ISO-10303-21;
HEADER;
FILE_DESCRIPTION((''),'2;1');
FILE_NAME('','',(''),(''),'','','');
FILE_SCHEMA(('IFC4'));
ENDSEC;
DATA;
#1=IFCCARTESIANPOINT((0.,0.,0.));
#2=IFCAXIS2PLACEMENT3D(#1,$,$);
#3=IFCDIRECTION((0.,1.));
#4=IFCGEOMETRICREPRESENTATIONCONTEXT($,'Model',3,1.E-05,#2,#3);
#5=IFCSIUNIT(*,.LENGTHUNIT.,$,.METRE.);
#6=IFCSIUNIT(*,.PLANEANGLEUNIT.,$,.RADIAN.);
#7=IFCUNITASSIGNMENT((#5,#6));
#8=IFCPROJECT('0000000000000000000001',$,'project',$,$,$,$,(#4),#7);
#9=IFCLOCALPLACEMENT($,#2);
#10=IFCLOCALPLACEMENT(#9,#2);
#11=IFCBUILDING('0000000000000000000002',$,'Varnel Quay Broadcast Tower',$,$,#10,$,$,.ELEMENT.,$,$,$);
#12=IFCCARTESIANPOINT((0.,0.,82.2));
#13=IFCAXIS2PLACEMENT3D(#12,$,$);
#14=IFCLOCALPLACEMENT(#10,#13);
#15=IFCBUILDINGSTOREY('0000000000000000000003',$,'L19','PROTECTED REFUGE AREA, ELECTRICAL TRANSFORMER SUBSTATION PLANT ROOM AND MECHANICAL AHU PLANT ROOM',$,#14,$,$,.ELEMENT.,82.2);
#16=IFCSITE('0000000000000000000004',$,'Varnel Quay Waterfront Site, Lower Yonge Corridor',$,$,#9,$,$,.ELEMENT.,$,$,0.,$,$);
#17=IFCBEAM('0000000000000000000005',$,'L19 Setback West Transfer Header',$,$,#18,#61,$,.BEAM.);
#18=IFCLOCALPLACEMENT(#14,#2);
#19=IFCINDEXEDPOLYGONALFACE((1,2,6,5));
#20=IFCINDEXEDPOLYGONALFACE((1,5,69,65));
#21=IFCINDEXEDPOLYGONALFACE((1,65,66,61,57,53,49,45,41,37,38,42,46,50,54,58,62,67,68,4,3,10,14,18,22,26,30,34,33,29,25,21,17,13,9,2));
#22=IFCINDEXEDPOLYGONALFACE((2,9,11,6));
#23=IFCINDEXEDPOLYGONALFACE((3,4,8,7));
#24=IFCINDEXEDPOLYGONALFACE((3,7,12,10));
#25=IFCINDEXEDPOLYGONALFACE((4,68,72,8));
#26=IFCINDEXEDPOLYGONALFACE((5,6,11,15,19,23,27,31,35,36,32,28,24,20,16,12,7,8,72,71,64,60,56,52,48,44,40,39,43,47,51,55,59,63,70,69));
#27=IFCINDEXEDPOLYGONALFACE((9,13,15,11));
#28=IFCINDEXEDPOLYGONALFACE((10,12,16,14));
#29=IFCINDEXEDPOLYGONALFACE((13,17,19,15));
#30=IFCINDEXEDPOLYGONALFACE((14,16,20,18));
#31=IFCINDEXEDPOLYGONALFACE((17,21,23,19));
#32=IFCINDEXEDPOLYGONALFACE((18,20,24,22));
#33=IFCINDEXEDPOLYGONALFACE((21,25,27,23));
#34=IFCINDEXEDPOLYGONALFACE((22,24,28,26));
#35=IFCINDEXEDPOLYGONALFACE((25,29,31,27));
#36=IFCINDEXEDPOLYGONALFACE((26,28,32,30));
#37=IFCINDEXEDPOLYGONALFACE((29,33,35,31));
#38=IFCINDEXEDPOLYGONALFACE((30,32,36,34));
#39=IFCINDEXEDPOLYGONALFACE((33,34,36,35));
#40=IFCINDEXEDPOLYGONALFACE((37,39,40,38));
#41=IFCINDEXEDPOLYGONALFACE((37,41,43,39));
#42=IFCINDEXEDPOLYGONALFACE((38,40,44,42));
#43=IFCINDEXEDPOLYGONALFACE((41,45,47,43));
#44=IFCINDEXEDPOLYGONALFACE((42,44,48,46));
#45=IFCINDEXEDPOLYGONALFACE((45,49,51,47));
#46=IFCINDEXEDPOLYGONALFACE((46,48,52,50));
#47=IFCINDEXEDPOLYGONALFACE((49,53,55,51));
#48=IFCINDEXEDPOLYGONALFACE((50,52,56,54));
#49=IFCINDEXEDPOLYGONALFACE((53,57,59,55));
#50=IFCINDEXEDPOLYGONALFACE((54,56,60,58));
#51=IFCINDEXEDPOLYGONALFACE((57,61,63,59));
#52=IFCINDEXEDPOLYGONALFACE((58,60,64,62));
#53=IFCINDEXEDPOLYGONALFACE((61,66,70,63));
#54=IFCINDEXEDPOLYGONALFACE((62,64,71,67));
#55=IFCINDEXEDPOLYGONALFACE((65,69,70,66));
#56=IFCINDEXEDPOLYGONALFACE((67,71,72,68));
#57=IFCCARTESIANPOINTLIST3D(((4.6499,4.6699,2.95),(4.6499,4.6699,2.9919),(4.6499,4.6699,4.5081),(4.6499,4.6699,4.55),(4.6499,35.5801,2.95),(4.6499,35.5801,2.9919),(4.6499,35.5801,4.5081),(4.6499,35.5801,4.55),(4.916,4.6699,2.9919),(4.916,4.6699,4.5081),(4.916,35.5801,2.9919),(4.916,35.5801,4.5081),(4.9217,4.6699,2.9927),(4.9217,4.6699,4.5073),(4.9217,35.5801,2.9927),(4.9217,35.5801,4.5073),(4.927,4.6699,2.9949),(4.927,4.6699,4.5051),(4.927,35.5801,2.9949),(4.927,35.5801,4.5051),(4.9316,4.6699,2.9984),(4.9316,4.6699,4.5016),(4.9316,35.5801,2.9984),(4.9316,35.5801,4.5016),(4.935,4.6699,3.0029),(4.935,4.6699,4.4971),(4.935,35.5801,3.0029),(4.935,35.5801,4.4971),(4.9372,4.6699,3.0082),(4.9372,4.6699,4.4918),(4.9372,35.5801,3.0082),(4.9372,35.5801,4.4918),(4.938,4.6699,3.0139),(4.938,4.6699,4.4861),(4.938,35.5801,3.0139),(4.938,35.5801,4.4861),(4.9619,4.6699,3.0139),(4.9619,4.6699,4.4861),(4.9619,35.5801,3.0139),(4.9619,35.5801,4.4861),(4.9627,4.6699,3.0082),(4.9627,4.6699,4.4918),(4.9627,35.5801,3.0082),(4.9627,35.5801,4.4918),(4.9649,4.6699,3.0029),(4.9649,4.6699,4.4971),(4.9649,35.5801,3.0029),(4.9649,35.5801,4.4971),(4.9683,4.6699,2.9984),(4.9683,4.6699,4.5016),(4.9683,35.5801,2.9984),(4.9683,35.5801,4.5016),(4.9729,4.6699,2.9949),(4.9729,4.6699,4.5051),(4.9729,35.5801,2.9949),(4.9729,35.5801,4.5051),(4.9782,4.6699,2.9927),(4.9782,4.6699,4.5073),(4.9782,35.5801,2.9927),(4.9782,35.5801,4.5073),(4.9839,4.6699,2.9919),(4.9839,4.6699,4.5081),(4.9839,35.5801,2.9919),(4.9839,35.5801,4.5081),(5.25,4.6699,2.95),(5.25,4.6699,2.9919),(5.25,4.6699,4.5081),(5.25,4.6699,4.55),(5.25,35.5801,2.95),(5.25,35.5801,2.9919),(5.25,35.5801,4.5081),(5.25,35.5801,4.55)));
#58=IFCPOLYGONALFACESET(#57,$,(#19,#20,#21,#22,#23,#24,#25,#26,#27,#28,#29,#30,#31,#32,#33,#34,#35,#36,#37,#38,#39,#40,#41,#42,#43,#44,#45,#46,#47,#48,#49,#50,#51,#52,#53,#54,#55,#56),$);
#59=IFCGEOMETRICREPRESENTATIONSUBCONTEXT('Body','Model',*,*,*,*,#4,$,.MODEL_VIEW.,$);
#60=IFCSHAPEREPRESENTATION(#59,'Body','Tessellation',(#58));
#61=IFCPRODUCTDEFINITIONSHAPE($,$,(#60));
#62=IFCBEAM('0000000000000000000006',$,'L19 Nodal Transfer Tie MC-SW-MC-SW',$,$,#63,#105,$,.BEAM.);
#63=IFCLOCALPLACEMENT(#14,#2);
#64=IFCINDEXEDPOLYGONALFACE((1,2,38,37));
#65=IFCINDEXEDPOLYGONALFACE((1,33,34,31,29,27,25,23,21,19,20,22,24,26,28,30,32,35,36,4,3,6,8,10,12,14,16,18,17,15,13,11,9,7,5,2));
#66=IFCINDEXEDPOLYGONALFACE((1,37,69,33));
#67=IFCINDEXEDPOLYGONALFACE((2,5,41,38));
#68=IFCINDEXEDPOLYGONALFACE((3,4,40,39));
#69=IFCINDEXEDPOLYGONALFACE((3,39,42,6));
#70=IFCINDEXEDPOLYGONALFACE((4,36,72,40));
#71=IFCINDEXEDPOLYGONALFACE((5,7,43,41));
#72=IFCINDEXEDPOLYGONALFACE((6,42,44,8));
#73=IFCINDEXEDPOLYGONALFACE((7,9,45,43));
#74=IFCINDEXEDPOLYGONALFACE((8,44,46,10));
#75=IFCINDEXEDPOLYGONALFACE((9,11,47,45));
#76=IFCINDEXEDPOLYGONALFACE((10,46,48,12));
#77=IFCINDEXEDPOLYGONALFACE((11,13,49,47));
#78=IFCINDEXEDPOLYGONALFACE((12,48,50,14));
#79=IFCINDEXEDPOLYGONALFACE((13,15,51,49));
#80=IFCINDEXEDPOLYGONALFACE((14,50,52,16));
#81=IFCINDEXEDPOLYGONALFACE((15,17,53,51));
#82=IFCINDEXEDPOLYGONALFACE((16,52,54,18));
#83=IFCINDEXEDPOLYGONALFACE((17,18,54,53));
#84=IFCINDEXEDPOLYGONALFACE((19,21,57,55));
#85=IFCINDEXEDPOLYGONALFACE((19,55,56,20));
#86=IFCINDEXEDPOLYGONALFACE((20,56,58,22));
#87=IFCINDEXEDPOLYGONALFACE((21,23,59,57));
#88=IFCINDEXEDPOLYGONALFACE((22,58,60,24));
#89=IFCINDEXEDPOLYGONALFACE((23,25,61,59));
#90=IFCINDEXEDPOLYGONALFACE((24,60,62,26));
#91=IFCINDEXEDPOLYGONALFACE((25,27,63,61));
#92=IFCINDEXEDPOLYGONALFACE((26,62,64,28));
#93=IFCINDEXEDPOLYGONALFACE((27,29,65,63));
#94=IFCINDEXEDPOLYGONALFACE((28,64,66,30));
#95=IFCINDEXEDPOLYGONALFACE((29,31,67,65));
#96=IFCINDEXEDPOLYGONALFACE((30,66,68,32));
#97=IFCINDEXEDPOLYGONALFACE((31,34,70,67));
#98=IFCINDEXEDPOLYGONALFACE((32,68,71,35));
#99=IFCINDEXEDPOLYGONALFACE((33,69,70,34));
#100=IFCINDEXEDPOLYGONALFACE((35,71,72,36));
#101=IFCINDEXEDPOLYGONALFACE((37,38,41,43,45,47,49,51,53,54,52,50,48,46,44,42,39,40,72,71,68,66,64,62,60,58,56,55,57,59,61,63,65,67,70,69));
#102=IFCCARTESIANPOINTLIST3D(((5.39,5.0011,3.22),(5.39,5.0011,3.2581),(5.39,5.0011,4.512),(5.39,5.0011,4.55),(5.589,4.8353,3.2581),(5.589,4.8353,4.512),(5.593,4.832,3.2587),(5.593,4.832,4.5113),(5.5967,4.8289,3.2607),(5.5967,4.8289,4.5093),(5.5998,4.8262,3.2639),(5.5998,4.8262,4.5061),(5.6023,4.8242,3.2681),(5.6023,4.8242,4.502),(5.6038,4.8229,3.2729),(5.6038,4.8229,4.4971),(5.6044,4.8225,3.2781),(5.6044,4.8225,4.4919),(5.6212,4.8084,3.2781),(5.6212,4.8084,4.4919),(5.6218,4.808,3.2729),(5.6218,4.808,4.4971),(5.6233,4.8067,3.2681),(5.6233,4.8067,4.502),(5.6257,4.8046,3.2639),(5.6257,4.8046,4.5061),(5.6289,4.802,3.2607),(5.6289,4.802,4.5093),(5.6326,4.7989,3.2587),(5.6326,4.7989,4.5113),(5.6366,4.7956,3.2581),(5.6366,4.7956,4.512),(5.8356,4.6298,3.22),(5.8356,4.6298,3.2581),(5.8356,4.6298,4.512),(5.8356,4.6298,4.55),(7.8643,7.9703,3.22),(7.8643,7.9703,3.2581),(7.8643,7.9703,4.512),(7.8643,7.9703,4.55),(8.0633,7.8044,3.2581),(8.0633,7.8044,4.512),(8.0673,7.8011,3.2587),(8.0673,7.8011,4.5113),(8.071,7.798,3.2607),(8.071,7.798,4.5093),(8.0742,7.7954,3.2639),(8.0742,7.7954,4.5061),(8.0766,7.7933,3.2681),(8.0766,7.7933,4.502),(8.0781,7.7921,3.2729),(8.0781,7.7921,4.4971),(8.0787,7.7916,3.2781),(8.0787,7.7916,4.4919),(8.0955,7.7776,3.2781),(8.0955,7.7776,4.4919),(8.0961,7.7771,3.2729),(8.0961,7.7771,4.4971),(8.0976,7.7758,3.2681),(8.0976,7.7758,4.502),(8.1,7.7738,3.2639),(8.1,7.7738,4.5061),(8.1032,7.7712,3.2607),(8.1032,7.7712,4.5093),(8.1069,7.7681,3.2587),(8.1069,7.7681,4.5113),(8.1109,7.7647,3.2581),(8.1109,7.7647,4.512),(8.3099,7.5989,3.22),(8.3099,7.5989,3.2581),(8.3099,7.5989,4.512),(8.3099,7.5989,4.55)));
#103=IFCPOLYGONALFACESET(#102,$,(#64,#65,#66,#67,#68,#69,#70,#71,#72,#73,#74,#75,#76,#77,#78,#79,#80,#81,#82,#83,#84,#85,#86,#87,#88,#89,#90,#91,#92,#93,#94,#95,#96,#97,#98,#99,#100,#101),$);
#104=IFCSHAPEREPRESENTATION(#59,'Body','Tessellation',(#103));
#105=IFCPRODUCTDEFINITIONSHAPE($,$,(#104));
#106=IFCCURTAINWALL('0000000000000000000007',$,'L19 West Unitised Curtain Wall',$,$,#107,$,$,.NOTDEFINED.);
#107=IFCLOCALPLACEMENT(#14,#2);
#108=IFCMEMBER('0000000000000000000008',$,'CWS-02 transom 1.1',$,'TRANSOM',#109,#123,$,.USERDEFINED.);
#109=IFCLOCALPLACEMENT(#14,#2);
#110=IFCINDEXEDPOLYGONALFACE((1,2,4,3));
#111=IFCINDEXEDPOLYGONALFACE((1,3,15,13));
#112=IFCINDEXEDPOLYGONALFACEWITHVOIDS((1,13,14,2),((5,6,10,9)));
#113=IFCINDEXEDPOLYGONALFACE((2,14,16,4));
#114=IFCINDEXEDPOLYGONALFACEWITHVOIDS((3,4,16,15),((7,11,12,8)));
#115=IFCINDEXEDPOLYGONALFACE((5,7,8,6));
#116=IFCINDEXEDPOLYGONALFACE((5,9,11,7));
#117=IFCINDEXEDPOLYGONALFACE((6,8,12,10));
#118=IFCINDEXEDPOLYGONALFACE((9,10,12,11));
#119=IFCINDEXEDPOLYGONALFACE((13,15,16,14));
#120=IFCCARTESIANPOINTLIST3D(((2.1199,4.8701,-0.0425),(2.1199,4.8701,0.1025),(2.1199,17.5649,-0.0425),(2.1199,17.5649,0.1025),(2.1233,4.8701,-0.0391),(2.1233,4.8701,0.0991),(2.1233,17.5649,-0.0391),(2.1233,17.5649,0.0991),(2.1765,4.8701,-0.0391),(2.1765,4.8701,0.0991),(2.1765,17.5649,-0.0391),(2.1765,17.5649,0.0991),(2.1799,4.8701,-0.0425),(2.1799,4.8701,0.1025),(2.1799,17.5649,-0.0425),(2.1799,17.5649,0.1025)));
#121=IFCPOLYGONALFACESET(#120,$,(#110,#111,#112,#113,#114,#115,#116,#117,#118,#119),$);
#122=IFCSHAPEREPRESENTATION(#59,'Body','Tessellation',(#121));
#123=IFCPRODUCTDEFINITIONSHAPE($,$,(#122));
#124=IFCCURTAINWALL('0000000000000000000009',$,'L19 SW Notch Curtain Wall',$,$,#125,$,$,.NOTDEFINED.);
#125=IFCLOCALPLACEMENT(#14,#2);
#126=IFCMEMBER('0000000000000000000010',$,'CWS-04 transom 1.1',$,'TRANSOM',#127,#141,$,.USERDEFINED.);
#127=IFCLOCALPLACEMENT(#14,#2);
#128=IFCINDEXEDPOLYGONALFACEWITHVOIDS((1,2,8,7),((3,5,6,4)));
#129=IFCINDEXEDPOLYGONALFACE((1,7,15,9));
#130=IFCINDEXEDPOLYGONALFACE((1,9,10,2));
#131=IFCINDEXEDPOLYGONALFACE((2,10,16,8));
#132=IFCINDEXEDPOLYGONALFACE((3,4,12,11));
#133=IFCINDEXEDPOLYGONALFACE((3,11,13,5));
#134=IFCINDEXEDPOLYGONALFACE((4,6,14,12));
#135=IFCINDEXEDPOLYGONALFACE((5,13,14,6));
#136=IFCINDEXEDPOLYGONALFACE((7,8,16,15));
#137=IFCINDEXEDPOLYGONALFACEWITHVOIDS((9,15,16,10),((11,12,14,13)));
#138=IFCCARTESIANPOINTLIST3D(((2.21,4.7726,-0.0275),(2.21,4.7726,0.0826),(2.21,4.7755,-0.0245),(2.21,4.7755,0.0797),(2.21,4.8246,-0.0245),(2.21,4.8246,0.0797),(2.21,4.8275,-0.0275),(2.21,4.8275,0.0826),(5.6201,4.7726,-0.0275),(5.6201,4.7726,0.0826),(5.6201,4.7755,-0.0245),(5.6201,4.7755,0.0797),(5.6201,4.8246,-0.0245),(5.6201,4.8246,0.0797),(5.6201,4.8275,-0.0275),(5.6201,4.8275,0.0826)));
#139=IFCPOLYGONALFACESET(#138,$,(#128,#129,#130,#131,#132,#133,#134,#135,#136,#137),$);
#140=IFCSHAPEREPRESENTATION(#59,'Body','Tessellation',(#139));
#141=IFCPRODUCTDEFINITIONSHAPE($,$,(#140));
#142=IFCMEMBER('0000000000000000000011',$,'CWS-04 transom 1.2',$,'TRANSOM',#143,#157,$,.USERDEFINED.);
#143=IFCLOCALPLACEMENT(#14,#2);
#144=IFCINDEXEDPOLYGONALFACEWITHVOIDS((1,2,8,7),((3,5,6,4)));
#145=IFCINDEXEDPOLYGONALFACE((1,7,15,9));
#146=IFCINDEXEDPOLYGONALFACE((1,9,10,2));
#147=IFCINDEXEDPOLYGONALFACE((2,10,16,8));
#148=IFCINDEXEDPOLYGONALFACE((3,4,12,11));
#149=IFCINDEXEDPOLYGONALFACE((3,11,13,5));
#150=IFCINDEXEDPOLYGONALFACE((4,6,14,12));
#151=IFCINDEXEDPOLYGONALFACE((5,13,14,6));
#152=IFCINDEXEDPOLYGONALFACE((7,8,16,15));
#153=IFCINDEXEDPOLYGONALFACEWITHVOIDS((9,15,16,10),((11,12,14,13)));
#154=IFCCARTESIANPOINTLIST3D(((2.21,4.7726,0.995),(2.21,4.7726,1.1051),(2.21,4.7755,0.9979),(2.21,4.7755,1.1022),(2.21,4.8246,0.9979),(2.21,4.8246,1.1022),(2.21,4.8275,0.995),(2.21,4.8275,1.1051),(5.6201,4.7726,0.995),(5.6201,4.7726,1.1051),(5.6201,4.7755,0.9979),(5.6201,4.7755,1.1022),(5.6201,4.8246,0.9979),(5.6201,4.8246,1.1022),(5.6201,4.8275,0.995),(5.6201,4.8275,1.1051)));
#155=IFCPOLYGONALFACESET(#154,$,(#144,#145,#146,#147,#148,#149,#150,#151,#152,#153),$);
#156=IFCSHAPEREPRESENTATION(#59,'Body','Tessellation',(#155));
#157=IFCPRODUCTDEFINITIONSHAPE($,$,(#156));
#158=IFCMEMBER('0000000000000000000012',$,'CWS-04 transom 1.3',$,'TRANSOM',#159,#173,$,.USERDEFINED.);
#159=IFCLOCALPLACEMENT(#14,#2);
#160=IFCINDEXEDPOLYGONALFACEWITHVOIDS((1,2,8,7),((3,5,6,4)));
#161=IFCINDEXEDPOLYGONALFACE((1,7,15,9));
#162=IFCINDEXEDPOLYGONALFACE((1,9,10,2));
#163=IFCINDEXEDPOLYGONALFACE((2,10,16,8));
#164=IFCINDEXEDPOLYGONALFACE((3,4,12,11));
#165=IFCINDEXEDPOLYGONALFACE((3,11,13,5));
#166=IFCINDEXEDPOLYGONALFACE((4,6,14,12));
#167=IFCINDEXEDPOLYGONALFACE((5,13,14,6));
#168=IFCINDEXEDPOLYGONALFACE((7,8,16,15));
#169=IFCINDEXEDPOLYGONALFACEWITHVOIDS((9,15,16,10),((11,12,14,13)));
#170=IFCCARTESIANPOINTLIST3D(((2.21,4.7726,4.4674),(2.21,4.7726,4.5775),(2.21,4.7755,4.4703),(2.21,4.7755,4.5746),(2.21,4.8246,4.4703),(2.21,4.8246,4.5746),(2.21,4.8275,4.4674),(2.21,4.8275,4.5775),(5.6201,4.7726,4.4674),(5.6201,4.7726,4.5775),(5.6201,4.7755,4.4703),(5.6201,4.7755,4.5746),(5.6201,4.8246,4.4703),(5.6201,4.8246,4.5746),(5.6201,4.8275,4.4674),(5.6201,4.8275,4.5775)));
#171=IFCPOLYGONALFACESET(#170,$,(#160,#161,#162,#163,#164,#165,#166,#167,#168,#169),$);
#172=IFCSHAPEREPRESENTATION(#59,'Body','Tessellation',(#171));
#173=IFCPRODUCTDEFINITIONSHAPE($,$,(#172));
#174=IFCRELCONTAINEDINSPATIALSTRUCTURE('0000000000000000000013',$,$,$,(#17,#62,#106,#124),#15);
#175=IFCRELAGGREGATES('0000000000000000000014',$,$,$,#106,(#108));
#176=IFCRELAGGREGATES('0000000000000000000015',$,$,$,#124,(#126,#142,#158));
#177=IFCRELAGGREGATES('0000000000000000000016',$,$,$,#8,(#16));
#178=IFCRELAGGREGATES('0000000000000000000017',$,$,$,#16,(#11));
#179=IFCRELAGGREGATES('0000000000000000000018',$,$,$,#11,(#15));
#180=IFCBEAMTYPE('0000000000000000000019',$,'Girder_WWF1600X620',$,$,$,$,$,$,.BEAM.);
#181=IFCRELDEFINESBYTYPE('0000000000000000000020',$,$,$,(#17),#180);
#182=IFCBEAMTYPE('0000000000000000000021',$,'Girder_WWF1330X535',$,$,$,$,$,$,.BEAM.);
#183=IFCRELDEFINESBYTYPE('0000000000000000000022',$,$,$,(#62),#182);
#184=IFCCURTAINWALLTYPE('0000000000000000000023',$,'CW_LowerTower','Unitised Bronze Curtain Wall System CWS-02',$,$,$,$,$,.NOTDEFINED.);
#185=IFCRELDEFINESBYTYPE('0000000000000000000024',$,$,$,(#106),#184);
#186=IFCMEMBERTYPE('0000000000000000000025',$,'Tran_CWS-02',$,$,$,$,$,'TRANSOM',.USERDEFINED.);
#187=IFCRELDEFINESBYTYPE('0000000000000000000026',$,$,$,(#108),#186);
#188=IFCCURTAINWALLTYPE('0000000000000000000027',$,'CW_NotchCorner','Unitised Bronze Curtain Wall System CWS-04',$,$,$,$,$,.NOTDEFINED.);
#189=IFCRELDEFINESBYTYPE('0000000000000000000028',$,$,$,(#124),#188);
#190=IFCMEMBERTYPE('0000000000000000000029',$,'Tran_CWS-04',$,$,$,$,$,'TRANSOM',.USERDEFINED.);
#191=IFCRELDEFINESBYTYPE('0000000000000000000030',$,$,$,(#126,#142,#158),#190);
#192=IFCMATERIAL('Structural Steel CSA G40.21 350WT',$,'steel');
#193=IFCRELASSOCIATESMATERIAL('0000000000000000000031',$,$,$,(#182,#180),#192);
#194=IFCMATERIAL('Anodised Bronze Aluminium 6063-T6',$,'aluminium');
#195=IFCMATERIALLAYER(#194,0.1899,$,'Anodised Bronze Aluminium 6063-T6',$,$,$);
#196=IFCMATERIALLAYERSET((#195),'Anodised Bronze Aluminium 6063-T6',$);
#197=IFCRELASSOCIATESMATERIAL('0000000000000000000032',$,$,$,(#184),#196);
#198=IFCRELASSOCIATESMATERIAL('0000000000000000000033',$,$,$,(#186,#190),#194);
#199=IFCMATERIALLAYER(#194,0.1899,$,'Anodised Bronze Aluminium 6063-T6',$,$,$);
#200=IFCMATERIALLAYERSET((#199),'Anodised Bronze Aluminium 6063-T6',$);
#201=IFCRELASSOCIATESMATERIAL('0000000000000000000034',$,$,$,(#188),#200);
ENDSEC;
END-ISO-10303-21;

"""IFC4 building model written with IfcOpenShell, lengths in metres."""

from ifc_helpers import new_model, si_unit, direction, frame, origin, origin_2d, place, context, subcontext, project, spatial, hollow_rectangle, i_section, extrude, source, transform, mapped, material, layer, layer_set, material_profile, profile_set, type_object, type_shapes, element, aggregate, save


model = new_model("IFC4")

# Units and contexts
model_context = context("Model", 3, precision=1e-05, world=origin(), true_north=direction((0.0, 1.0)))
body_context = subcontext(model_context, "Body", "Model", "MODEL_VIEW")
ifc_project = project(units=[si_unit("LENGTHUNIT", "METRE"), si_unit("PLANEANGLEUNIT", "RADIAN")], contexts=[model_context])

# Site, building, storey
site_placement = place(None, origin())
site = spatial("IfcSite", under=ifc_project, at=site_placement, Name="Varnel Quay Waterfront Site, Lower Yonge Corridor", CompositionType="ELEMENT", RefElevation=0.0)
building_placement = place(site_placement, origin())
building = spatial("IfcBuilding", under=site, at=building_placement, Name="Varnel Quay Broadcast Tower", CompositionType="ELEMENT")
storey_placement = place(building_placement, frame((0.0, 0.0, 82.2)))
storey = spatial("IfcBuildingStorey", under=building, at=storey_placement, Name="L19", Description="PROTECTED REFUGE AREA, ELECTRICAL TRANSFORMER SUBSTATION PLANT ROOM AND MECHANICAL AHU PLANT ROOM", CompositionType="ELEMENT", Elevation=82.2)

# Shared definitions
ifc_material_1 = material(Name="Structural Steel CSA G40.21 350WT", Category="steel")

# Beams
ifc_material_profile_1 = material_profile(ifc_material_1, i_section(OverallWidth=0.5801, OverallDepth=1.3301, WebThickness=0.022, FlangeThickness=0.0381, FilletRadius=0.02, at=origin_2d()), Name="WWF1330X535")
ifc_profile_set_1 = profile_set([ifc_material_profile_1], Name="Structural Steel CSA G40.21 350WT")
beam_type_1 = type_object("IfcBeamType", Name="Girder_WWF1330X535", PredefinedType="BEAM", material=ifc_profile_set_1)
ifc_material_profile_2 = material_profile(ifc_material_1, i_section(OverallWidth=0.6001, OverallDepth=1.6001, WebThickness=0.0239, FlangeThickness=0.042, FilletRadius=0.022, at=origin_2d()), Name="WWF1600X620")
ifc_profile_set_2 = profile_set([ifc_material_profile_2], Name="Structural Steel CSA G40.21 350WT")
beam_type_2 = type_object("IfcBeamType", Name="Girder_WWF1600X620", PredefinedType="BEAM", material=ifc_profile_set_2)
shared_shape_1 = source(origin(), body_context, "Body", "SweptSolid", [
    extrude(i_section(OverallWidth=0.6001, OverallDepth=1.6001, WebThickness=0.0239, FlangeThickness=0.042, FilletRadius=0.022, at=origin_2d()), origin(), (0.0, 0.0, 1.0), 30.9102),
])
beam_1_placement = place(storey_placement, frame((4.95, 4.6699, 3.75), z_axis=(0.0, 1.0, 0.0), x_axis=(-1.0, 0.0, 0.0)))
element("IfcBeam", 1, at=beam_1_placement, inside=storey, type_object=beam_type_2, Name="L19 Setback West Transfer Header", PredefinedType="BEAM", context=body_context, shape_type="MappedRepresentation", body=[
    mapped(shared_shape_1, transform((0.0, 0.0, 0.0), x_axis=(1.0, 0.0, 0.0), y_axis=(0.0, 1.0, 0.0), z_axis=(0.0, 0.0, 1.0), scale=1.0)),
])
shared_shape_2 = source(origin(), body_context, "Body", "SweptSolid", [
    extrude(i_section(OverallWidth=0.5801, OverallDepth=1.3301, WebThickness=0.022, FlangeThickness=0.0381, FilletRadius=0.02, at=origin_2d()), origin(), (0.0, 0.0, 1.0), 3.865),
])
beam_2_placement = place(storey_placement, frame((5.6128, 4.8154, 3.885), z_axis=(0.640184, 0.768221, 0.0), x_axis=(-0.768221, 0.640184, 0.0)))
element("IfcBeam", 2, at=beam_2_placement, inside=storey, type_object=beam_type_1, Name="L19 Nodal Transfer Tie MC-SW-MC-SW", PredefinedType="BEAM", context=body_context, shape_type="MappedRepresentation", body=[
    mapped(shared_shape_2, transform((0.0, 0.0, 0.0), x_axis=(1.0, 0.0, 0.0), y_axis=(0.0, 1.0, 0.0), z_axis=(0.0, 0.0, 1.0), scale=1.0)),
])

# Curtain wall, member
ifc_material_2 = material(Name="Anodised Bronze Aluminium 6063-T6", Category="aluminium")
ifc_layer_1 = layer(ifc_material_2, 0.1899, Name="Anodised Bronze Aluminium 6063-T6")
ifc_layer_set_1 = layer_set([ifc_layer_1], Name="Anodised Bronze Aluminium 6063-T6")
curtain_wall_type_1 = type_object("IfcCurtainWallType", Name="CW_LowerTower", Description="Unitised Bronze Curtain Wall System CWS-02", PredefinedType="NOTDEFINED", material=ifc_layer_set_1)
curtain_wall_1_placement = place(storey_placement, origin())
curtain_wall_1 = element("IfcCurtainWall", 3, at=curtain_wall_1_placement, inside=storey, type_object=curtain_wall_type_1, Name="L19 West Unitised Curtain Wall", PredefinedType="NOTDEFINED")
ifc_material_profile_3 = material_profile(ifc_material_2, hollow_rectangle(XDim=0.0601, YDim=0.145, WallThickness=0.0034, at=origin_2d()), Name="ALU60X145X3.5")
ifc_profile_set_3 = profile_set([ifc_material_profile_3], Name="Anodised Bronze Aluminium 6063-T6")
member_type_1 = type_object("IfcMemberType", Name="Tran_CWS-02", ElementType="TRANSOM", PredefinedType="USERDEFINED", material=ifc_profile_set_3)
shared_shape_3 = source(origin(), body_context, "Body", "SweptSolid", [
    extrude(hollow_rectangle(XDim=0.0601, YDim=0.145, WallThickness=0.0034, at=origin_2d()), origin(), (0.0, 0.0, 1.0), 12.6948),
])
type_shapes(member_type_1, [shared_shape_3])
member_1_placement = place(storey_placement, frame((2.1499, 4.8701, 0.03), z_axis=(0.0, 1.0, 0.0), x_axis=(-1.0, 0.0, 0.0)))
member_1 = element("IfcMember", 4, at=member_1_placement, type_object=member_type_1, Name="CWS-02 transom 1.1", ObjectType="TRANSOM", PredefinedType="USERDEFINED", context=body_context, shape_type="MappedRepresentation", body=[
    mapped(shared_shape_3, transform((0.0, 0.0, 0.0), x_axis=(1.0, 0.0, 0.0), y_axis=(0.0, 1.0, 0.0), z_axis=(0.0, 0.0, 1.0), scale=1.0)),
])

# Curtain wall, members
ifc_layer_2 = layer(ifc_material_2, 0.1899, Name="Anodised Bronze Aluminium 6063-T6")
ifc_layer_set_2 = layer_set([ifc_layer_2], Name="Anodised Bronze Aluminium 6063-T6")
curtain_wall_type_2 = type_object("IfcCurtainWallType", Name="CW_NotchCorner", Description="Unitised Bronze Curtain Wall System CWS-04", PredefinedType="NOTDEFINED", material=ifc_layer_set_2)
curtain_wall_2_placement = place(storey_placement, origin())
curtain_wall_2 = element("IfcCurtainWall", 5, at=curtain_wall_2_placement, inside=storey, type_object=curtain_wall_type_2, Name="L19 SW Notch Curtain Wall", PredefinedType="NOTDEFINED")
ifc_material_profile_4 = material_profile(ifc_material_2, hollow_rectangle(XDim=0.0549, YDim=0.1101, WallThickness=0.0029, at=origin_2d()), Name="ALU55X110X3")
ifc_profile_set_4 = profile_set([ifc_material_profile_4], Name="Anodised Bronze Aluminium 6063-T6")
member_type_2 = type_object("IfcMemberType", Name="Tran_CWS-04", ElementType="TRANSOM", PredefinedType="USERDEFINED", material=ifc_profile_set_4)
shared_shape_4 = source(origin(), body_context, "Body", "SweptSolid", [
    extrude(hollow_rectangle(XDim=0.0549, YDim=0.1101, WallThickness=0.0029, at=origin_2d()), origin(), (0.0, 0.0, 1.0), 3.4102),
])
type_shapes(member_type_2, [shared_shape_4])
member_2_placement = place(storey_placement, frame((2.21, 4.8, 0.0276), z_axis=(1.0, 0.0, 0.0), x_axis=(0.0, 1.0, 0.0)))
member_2 = element("IfcMember", 6, at=member_2_placement, type_object=member_type_2, Name="CWS-04 transom 1.1", ObjectType="TRANSOM", PredefinedType="USERDEFINED", context=body_context, shape_type="MappedRepresentation", body=[
    mapped(shared_shape_4, transform((0.0, 0.0, 0.0), x_axis=(1.0, 0.0, 0.0), y_axis=(0.0, 1.0, 0.0), z_axis=(0.0, 0.0, 1.0), scale=1.0)),
])
member_3_placement = place(storey_placement, frame((2.21, 4.8, 1.05), z_axis=(1.0, 0.0, 0.0), x_axis=(0.0, 1.0, 0.0)))
member_3 = element("IfcMember", 7, at=member_3_placement, type_object=member_type_2, Name="CWS-04 transom 1.2", ObjectType="TRANSOM", PredefinedType="USERDEFINED", context=body_context, shape_type="MappedRepresentation", body=[
    mapped(shared_shape_4, transform((0.0, 0.0, 0.0), x_axis=(1.0, 0.0, 0.0), y_axis=(0.0, 1.0, 0.0), z_axis=(0.0, 0.0, 1.0), scale=1.0)),
])
member_4_placement = place(storey_placement, frame((2.21, 4.8, 4.5225), z_axis=(1.0, 0.0, 0.0), x_axis=(0.0, 1.0, 0.0)))
member_4 = element("IfcMember", 8, at=member_4_placement, type_object=member_type_2, Name="CWS-04 transom 1.3", ObjectType="TRANSOM", PredefinedType="USERDEFINED", context=body_context, shape_type="MappedRepresentation", body=[
    mapped(shared_shape_4, transform((0.0, 0.0, 0.0), x_axis=(1.0, 0.0, 0.0), y_axis=(0.0, 1.0, 0.0), z_axis=(0.0, 0.0, 1.0), scale=1.0)),
])

aggregate(curtain_wall_1, [member_1])

aggregate(curtain_wall_2, [member_2, member_3, member_4])

save(model, "model.ifc")
